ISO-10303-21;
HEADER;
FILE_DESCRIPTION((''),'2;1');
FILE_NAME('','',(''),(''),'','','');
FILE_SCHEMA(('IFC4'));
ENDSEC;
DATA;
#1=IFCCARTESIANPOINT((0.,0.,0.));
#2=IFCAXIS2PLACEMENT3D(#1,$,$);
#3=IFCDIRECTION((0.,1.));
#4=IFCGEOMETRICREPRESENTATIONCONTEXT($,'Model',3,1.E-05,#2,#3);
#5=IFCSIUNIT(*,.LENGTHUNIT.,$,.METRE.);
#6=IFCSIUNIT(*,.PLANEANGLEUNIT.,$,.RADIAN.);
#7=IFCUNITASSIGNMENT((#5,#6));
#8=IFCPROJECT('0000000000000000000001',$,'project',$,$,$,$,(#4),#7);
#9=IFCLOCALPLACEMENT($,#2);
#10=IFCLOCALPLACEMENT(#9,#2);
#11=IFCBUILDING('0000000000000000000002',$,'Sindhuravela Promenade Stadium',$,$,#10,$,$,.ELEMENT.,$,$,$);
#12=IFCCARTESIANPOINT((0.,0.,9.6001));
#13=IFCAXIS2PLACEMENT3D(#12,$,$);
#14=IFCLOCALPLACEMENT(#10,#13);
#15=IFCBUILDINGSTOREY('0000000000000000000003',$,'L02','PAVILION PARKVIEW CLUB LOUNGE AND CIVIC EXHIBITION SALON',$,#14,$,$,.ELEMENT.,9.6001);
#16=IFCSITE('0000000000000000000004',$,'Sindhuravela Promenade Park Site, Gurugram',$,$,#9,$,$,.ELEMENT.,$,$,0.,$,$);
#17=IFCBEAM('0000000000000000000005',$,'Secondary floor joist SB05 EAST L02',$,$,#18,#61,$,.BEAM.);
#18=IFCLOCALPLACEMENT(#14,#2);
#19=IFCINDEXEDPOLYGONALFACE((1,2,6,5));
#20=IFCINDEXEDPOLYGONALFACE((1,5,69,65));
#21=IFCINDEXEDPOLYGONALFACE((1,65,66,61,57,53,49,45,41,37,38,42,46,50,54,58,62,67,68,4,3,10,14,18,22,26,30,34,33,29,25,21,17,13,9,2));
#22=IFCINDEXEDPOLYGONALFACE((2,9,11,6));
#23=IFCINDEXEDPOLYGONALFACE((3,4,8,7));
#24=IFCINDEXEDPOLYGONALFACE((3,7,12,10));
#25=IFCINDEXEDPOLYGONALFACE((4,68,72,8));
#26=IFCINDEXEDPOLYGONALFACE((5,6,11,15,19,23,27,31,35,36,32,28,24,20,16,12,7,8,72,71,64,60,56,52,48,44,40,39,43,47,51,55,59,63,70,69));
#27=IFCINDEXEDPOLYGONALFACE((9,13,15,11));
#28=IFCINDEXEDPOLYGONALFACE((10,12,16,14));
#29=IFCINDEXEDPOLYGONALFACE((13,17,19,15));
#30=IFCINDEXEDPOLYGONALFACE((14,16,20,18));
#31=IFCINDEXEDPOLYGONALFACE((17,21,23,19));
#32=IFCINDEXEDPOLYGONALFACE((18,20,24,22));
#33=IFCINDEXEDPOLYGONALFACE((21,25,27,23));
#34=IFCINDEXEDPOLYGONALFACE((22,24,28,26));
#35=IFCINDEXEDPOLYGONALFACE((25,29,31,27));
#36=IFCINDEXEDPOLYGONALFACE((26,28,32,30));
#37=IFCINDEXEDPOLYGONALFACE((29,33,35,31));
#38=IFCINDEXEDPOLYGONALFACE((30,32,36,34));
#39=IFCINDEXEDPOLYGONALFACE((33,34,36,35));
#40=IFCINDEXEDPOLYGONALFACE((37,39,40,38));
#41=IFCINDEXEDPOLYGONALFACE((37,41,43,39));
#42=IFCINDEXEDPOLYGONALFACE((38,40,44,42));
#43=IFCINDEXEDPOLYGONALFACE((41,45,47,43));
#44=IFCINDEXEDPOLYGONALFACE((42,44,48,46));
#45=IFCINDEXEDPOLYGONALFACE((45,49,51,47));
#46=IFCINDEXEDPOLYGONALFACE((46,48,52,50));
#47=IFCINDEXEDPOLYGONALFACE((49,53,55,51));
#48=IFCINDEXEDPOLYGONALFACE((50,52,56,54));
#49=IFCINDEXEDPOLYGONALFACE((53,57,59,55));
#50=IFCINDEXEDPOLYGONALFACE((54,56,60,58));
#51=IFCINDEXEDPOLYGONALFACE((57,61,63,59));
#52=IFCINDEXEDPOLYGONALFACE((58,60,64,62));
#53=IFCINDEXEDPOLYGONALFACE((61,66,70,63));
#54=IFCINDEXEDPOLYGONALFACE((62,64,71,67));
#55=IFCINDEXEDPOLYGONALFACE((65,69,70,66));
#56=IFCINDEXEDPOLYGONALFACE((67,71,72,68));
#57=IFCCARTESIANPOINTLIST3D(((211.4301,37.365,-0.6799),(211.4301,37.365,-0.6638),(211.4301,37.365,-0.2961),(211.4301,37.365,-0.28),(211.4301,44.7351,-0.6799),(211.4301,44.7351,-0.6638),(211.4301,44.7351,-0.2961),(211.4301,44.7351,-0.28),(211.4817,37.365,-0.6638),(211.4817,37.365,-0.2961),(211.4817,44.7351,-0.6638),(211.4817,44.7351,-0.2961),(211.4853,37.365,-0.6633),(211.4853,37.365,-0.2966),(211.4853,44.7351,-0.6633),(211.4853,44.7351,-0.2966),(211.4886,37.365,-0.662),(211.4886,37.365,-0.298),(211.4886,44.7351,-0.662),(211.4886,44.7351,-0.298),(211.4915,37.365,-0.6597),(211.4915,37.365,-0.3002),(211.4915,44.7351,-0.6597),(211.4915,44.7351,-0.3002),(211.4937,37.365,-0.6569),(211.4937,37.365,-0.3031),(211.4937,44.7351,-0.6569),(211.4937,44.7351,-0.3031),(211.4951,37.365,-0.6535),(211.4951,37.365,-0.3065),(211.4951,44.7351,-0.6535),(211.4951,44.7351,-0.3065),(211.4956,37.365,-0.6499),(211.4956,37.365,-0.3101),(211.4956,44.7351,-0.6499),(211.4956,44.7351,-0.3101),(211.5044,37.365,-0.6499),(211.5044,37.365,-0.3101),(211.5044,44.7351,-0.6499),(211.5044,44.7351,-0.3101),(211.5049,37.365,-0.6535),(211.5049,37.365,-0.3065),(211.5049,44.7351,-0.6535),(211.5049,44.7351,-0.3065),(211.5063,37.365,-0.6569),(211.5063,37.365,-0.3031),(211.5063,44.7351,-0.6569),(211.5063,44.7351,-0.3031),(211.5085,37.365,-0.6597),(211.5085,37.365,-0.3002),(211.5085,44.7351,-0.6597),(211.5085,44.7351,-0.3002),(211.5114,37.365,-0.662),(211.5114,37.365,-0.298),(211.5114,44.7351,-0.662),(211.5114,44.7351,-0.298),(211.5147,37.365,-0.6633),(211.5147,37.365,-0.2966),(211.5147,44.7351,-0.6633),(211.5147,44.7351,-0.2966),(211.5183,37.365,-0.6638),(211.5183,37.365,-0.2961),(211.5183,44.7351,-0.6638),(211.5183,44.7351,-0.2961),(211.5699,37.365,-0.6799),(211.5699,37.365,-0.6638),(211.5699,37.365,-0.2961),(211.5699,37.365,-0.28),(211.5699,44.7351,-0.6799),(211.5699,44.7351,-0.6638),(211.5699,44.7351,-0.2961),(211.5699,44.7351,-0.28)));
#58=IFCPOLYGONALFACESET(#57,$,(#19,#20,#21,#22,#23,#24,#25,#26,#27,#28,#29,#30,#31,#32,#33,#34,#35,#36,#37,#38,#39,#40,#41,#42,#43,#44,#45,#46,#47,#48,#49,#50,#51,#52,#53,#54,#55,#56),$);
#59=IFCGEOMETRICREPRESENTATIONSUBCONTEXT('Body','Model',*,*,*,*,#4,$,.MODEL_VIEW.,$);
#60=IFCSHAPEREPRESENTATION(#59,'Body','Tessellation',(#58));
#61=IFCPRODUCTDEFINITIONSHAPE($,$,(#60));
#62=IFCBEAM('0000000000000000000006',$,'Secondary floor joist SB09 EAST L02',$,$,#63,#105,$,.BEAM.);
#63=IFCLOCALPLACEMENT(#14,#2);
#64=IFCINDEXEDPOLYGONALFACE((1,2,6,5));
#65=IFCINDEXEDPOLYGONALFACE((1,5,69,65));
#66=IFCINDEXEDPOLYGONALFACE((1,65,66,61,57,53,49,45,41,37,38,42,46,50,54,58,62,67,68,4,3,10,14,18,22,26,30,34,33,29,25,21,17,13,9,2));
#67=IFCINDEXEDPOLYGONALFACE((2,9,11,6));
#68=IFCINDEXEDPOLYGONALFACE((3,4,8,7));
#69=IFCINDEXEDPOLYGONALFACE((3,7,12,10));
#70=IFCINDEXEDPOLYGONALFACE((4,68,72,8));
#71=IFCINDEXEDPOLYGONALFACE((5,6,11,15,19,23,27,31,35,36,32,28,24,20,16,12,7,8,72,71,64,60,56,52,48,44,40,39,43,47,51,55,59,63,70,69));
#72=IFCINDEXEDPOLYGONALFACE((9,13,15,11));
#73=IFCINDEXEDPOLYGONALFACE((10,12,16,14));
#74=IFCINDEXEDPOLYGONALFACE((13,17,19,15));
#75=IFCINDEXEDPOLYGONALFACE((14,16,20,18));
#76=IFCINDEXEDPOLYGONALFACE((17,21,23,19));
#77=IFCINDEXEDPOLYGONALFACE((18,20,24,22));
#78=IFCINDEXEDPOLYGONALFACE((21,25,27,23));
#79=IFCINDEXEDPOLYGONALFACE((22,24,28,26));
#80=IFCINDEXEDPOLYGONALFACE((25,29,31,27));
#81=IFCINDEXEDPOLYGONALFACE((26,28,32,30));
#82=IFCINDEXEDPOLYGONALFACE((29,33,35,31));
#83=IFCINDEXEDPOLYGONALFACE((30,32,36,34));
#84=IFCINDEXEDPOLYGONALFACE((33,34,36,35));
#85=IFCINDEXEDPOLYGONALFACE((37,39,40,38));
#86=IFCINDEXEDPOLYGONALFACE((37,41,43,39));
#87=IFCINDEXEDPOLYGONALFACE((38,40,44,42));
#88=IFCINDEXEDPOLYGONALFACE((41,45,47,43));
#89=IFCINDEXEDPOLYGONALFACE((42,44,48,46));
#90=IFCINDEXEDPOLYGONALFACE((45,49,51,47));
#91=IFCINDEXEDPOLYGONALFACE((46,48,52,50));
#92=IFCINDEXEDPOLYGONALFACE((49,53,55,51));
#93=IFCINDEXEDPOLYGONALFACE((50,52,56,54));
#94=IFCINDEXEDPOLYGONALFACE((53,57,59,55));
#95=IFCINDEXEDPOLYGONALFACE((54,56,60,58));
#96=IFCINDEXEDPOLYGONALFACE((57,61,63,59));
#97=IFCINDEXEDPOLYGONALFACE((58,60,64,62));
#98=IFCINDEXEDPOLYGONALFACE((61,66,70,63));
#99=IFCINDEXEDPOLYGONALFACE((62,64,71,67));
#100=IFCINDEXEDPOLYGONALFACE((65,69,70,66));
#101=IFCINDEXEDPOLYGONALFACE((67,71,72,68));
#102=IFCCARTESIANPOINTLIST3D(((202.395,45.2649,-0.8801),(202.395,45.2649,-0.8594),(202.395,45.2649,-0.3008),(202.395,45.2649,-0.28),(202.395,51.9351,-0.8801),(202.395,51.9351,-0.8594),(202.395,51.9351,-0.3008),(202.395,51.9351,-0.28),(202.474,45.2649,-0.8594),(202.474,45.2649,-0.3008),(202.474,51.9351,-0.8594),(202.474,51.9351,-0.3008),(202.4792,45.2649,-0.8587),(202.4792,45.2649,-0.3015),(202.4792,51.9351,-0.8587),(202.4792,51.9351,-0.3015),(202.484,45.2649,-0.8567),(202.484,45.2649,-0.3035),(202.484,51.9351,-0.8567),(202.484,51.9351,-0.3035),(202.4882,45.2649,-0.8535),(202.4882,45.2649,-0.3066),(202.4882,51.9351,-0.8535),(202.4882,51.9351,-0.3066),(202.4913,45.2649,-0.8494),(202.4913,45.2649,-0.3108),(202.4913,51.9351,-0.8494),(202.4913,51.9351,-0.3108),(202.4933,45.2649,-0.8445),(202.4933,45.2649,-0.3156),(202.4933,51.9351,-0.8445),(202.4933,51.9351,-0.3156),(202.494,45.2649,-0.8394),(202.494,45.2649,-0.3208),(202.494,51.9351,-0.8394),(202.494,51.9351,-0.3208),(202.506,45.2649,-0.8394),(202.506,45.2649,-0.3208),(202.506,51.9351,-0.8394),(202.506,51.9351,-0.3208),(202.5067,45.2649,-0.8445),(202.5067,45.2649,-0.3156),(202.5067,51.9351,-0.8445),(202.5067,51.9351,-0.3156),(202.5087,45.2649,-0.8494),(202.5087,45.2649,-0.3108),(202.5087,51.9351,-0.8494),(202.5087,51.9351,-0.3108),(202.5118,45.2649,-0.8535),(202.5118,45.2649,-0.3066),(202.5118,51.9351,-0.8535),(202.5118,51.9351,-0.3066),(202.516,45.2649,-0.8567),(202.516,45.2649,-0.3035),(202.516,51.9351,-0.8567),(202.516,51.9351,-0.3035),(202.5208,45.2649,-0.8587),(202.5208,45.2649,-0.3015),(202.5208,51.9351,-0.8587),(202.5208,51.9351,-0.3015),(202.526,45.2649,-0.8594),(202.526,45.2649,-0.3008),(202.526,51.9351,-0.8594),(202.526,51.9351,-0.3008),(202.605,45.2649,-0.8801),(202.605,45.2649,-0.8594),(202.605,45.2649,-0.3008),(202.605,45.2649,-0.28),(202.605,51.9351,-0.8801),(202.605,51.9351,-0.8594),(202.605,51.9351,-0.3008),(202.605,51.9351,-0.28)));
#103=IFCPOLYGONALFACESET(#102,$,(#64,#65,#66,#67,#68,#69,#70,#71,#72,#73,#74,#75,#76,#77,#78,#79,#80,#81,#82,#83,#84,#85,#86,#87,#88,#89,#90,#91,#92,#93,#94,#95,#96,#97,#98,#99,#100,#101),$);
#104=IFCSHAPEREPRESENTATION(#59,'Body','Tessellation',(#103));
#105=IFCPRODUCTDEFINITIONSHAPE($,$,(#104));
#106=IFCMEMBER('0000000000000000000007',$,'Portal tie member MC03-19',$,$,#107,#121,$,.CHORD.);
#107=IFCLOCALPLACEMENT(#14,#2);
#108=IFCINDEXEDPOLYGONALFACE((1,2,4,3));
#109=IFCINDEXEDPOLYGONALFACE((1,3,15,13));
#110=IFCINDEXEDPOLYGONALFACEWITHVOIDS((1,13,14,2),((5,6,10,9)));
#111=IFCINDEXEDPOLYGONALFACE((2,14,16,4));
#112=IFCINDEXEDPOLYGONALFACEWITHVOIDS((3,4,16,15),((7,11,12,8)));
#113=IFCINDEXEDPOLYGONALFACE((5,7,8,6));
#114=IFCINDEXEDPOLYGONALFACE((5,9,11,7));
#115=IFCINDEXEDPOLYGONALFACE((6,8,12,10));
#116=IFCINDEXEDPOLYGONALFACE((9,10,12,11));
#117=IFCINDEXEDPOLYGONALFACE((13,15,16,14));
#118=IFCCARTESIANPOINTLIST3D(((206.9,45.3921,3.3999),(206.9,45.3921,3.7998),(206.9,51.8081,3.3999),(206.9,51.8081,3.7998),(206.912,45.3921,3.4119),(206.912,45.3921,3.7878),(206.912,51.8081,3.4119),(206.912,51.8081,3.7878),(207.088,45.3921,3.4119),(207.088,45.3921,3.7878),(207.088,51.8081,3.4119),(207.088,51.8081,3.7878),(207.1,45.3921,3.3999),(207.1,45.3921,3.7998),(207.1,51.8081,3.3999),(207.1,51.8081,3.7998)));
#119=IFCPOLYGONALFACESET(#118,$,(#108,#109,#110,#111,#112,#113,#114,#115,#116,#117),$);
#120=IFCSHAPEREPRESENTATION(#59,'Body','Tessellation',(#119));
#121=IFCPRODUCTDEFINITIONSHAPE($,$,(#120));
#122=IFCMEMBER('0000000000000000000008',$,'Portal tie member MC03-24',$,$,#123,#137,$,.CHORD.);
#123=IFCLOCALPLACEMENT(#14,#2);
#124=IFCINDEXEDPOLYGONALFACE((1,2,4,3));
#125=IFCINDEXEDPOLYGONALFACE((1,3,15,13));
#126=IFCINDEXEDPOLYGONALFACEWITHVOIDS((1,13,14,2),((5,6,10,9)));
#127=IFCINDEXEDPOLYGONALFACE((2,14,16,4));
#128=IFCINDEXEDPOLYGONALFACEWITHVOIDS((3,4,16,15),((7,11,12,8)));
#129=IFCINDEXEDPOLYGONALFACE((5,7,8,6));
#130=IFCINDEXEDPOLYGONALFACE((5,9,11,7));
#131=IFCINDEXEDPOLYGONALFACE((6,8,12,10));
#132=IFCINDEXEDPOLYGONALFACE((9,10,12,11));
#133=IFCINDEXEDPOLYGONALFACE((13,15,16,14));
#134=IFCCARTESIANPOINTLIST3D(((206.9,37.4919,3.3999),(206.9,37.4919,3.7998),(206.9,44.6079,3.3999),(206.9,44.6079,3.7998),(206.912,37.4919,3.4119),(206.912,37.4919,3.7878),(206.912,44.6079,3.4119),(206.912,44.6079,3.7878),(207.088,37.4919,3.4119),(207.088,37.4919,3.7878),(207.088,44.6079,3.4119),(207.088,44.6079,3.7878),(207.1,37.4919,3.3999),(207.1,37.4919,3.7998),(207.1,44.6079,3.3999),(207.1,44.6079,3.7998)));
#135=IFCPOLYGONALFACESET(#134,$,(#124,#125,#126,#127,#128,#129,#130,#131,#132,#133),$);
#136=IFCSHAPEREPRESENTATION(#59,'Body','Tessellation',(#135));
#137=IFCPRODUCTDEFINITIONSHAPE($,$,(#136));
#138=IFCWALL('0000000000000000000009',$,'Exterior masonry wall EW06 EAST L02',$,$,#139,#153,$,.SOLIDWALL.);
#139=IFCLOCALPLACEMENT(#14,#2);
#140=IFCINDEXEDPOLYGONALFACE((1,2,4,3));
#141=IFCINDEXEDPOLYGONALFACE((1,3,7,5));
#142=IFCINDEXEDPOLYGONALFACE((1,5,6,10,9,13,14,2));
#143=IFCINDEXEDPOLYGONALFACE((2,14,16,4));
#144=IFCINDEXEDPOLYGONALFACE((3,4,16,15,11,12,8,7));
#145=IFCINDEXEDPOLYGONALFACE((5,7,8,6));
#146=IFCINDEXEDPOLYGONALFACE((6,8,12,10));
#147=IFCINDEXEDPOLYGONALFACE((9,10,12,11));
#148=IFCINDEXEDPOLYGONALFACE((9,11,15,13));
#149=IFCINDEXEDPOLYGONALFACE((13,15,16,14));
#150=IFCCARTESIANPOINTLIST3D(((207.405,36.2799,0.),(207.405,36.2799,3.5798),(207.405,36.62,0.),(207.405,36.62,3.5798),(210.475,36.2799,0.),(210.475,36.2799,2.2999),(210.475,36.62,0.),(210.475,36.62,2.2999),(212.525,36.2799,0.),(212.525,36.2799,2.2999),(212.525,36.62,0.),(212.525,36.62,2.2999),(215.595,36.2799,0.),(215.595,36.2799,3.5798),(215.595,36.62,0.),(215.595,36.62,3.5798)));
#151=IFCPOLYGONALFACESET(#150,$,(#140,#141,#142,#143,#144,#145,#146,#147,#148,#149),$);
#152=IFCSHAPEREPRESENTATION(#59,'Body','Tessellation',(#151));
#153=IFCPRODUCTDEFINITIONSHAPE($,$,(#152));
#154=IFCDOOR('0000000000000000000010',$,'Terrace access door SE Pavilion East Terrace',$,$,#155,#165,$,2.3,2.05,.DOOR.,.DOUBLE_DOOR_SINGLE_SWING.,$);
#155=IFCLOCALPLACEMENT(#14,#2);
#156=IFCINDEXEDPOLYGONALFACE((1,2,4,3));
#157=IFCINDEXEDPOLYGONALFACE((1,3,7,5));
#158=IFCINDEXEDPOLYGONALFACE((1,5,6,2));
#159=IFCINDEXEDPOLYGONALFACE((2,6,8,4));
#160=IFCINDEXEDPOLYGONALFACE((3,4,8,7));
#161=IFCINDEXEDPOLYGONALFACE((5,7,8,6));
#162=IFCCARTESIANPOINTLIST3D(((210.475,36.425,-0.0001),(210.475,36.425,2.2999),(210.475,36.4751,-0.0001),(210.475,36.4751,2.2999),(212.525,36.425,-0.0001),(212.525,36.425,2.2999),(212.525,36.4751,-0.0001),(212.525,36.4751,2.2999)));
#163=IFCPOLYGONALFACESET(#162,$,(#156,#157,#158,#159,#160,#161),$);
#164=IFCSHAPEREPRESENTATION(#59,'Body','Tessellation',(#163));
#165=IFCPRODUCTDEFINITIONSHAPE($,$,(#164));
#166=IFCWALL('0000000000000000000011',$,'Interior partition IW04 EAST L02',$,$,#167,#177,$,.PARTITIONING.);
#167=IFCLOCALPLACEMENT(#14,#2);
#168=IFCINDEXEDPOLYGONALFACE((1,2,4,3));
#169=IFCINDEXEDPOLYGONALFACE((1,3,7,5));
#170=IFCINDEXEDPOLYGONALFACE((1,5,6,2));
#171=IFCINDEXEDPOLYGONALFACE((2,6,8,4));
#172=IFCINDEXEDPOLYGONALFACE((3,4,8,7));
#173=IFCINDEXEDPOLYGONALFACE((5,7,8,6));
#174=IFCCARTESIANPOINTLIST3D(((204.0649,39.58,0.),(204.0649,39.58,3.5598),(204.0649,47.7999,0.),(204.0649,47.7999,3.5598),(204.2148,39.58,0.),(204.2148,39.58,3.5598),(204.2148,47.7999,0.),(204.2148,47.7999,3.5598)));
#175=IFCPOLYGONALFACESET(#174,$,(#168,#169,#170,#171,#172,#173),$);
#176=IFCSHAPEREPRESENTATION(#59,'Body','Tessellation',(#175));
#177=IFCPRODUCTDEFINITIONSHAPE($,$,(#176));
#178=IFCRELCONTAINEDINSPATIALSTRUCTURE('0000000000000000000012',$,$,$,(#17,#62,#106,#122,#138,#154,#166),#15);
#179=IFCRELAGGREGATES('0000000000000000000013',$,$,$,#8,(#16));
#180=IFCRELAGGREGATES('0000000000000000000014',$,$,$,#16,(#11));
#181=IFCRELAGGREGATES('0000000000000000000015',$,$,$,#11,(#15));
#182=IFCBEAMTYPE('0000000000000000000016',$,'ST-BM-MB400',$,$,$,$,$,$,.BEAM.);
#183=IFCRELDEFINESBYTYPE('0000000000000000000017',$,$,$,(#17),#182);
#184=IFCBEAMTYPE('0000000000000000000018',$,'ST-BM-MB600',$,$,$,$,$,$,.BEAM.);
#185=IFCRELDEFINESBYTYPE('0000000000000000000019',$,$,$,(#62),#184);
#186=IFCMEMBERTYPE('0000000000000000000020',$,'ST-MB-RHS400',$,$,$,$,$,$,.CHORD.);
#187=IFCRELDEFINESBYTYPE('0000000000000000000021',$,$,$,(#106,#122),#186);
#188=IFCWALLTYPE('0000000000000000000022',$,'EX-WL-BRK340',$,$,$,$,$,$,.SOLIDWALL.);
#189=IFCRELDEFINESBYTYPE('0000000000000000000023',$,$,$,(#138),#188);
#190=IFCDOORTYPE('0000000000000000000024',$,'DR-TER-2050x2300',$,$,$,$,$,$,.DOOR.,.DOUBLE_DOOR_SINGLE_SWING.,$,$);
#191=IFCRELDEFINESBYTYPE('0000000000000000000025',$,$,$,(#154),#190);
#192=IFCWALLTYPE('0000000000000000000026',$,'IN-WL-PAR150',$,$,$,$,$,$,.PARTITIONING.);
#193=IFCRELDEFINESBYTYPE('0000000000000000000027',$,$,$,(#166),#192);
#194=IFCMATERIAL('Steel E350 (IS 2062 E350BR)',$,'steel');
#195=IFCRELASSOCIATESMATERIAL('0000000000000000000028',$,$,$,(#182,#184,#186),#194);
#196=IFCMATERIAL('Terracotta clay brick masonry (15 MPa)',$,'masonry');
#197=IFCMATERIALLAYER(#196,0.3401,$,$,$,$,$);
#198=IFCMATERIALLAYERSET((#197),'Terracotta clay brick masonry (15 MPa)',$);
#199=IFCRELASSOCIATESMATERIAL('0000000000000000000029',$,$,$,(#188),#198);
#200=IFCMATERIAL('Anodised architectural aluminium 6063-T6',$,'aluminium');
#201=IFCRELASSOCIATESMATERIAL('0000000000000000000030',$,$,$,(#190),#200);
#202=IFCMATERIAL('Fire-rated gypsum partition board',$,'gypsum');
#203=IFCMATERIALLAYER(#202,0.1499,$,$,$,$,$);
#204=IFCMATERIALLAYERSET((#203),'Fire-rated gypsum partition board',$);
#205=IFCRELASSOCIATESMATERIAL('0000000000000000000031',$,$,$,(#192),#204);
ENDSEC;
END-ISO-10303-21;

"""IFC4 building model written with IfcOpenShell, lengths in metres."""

from ifc_helpers import new_model, si_unit, direction, frame, frame_2d, origin, origin_2d, place, context, subcontext, project, spatial, rectangle, hollow_rectangle, i_section, extrude, material, layer, layer_set, material_profile, profile_set, type_object, element, fill, save


model = new_model("IFC4")

# Units and contexts
model_context = context("Model", 3, precision=1e-05, world=origin(), true_north=direction((0.0, 1.0)))
body_context = subcontext(model_context, "Body", "Model", "MODEL_VIEW")
ifc_project = project(units=[si_unit("LENGTHUNIT", "METRE"), si_unit("PLANEANGLEUNIT", "RADIAN")], contexts=[model_context])

# Site, building, storey
site_placement = place(None, origin())
site = spatial("IfcSite", under=ifc_project, at=site_placement, Name="Sindhuravela Promenade Park Site, Gurugram", CompositionType="ELEMENT", RefElevation=0.0)
building_placement = place(site_placement, origin())
building = spatial("IfcBuilding", under=site, at=building_placement, Name="Sindhuravela Promenade Stadium", CompositionType="ELEMENT")
storey_placement = place(building_placement, frame((0.0, 0.0, 9.6001)))
storey = spatial("IfcBuildingStorey", under=building, at=storey_placement, Name="L02", Description="PAVILION PARKVIEW CLUB LOUNGE AND CIVIC EXHIBITION SALON", CompositionType="ELEMENT", Elevation=9.6001)

# Beams
ifc_material_1 = material(Name="Steel E350 (IS 2062 E350BR)", Category="steel")
ifc_material_profile_1 = material_profile(ifc_material_1, i_section(OverallWidth=0.1399, OverallDepth=0.3999, WebThickness=0.0088, FlangeThickness=0.0161, FilletRadius=0.0139, at=origin_2d()), Name="ISMB 400")
ifc_profile_set_1 = profile_set([ifc_material_profile_1], Name="Steel E350 (IS 2062 E350BR)")
beam_type_1 = type_object("IfcBeamType", Name="ST-BM-MB400", PredefinedType="BEAM", material=ifc_profile_set_1)
beam_1_placement = place(storey_placement, frame((211.5, 37.365, -0.48), z_axis=(0.0, 1.0, 0.0), x_axis=(-1.0, 0.0, 0.0)))
element("IfcBeam", 1, at=beam_1_placement, inside=storey, type_object=beam_type_1, Name="Secondary floor joist SB05 EAST L02", PredefinedType="BEAM", context=body_context, shape_type="SweptSolid", body=[
    extrude(i_section(OverallWidth=0.1399, OverallDepth=0.3999, WebThickness=0.0088, FlangeThickness=0.0161, FilletRadius=0.0139, at=origin_2d()), origin(), (0.0, 0.0, 1.0), 7.3701),
])
ifc_material_profile_2 = material_profile(ifc_material_1, i_section(OverallWidth=0.21, OverallDepth=0.6001, WebThickness=0.012, FlangeThickness=0.0208, FilletRadius=0.02, at=origin_2d()), Name="ISMB 600")
ifc_profile_set_2 = profile_set([ifc_material_profile_2], Name="Steel E350 (IS 2062 E350BR)")
beam_type_2 = type_object("IfcBeamType", Name="ST-BM-MB600", PredefinedType="BEAM", material=ifc_profile_set_2)
beam_2_placement = place(storey_placement, frame((202.5, 45.2649, -0.5801), z_axis=(0.0, 1.0, 0.0), x_axis=(-1.0, 0.0, 0.0)))
element("IfcBeam", 2, at=beam_2_placement, inside=storey, type_object=beam_type_2, Name="Secondary floor joist SB09 EAST L02", PredefinedType="BEAM", context=body_context, shape_type="SweptSolid", body=[
    extrude(i_section(OverallWidth=0.21, OverallDepth=0.6001, WebThickness=0.012, FlangeThickness=0.0208, FilletRadius=0.02, at=origin_2d()), origin(), (0.0, 0.0, 1.0), 6.6702),
])

# Members
ifc_material_profile_3 = material_profile(ifc_material_1, hollow_rectangle(XDim=0.2, YDim=0.3999, WallThickness=0.012, at=origin_2d()), Name="RHS 400x200x12")
ifc_profile_set_3 = profile_set([ifc_material_profile_3], Name="Steel E350 (IS 2062 E350BR)")
member_type = type_object("IfcMemberType", Name="ST-MB-RHS400", PredefinedType="CHORD", material=ifc_profile_set_3)
member_1_placement = place(storey_placement, frame((207.0, 45.3921, 3.5999), z_axis=(0.0, 1.0, 0.0), x_axis=(-1.0, 0.0, 0.0)))
element("IfcMember", 3, at=member_1_placement, inside=storey, type_object=member_type, Name="Portal tie member MC03-19", PredefinedType="CHORD", context=body_context, shape_type="SweptSolid", body=[
    extrude(hollow_rectangle(XDim=0.2, YDim=0.3999, WallThickness=0.012, at=origin_2d()), origin(), (0.0, 0.0, 1.0), 6.416),
])
member_2_placement = place(storey_placement, frame((207.0, 37.4919, 3.5999), z_axis=(0.0, 1.0, 0.0), x_axis=(-1.0, 0.0, 0.0)))
element("IfcMember", 4, at=member_2_placement, inside=storey, type_object=member_type, Name="Portal tie member MC03-24", PredefinedType="CHORD", context=body_context, shape_type="SweptSolid", body=[
    extrude(hollow_rectangle(XDim=0.2, YDim=0.3999, WallThickness=0.012, at=origin_2d()), origin(), (0.0, 0.0, 1.0), 7.116),
])

# Wall, opening, door
ifc_material_2 = material(Name="Terracotta clay brick masonry (15 MPa)", Category="masonry")
ifc_layer_1 = layer(ifc_material_2, 0.3401)
ifc_layer_set_1 = layer_set([ifc_layer_1], Name="Terracotta clay brick masonry (15 MPa)")
wall_type_1 = type_object("IfcWallType", Name="EX-WL-BRK340", PredefinedType="SOLIDWALL", material=ifc_layer_set_1)
wall_1_placement = place(storey_placement, frame((215.595, 36.45, 0.0), z_axis=(0.0, 0.0, 1.0), x_axis=(-1.0, 0.0, 0.0)))
wall_1 = element("IfcWall", 5, at=wall_1_placement, inside=storey, type_object=wall_type_1, Name="Exterior masonry wall EW06 EAST L02", PredefinedType="SOLIDWALL", context=body_context, shape_type="SweptSolid", body=[
    extrude(rectangle(XDim=8.1899, YDim=0.3401, at=frame_2d((4.095, 0.0))), origin(), (0.0, 0.0, 1.0), 3.5798),
])
opening_1_placement = place(wall_1_placement, frame((3.0701, 0.0, 0.0)))
opening_1 = element("IfcOpeningElement", 6, at=opening_1_placement, cuts=wall_1, PredefinedType="OPENING", context=body_context, shape_type="SweptSolid", body=[
    extrude(rectangle(XDim=2.05, YDim=2.3, at=frame_2d((1.0249, 1.1499))), frame((0.0, 0.1799, 0.0), z_axis=(0.0, -1.0, 0.0), x_axis=(1.0, 0.0, 0.0)), (0.0, 0.0, 1.0), 0.3601),
])
ifc_material_3 = material(Name="Anodised architectural aluminium 6063-T6", Category="aluminium")
door_type_1 = type_object("IfcDoorType", Name="DR-TER-2050x2300", OperationType="DOUBLE_DOOR_SINGLE_SWING", PredefinedType="DOOR", material=ifc_material_3)
door_1_placement = place(opening_1_placement, origin())
door_1 = element("IfcDoor", 7, at=door_1_placement, inside=storey, type_object=door_type_1, Name="Terrace access door SE Pavilion East Terrace", OperationType="DOUBLE_DOOR_SINGLE_SWING", OverallHeight=2.3, OverallWidth=2.05, PredefinedType="DOOR", context=body_context, shape_type="SweptSolid", body=[
    extrude(rectangle(XDim=2.05, YDim=2.3, at=frame_2d((1.0249, 1.1499))), frame((0.0, 0.0249, 0.0), z_axis=(0.0, -1.0, 0.0), x_axis=(1.0, 0.0, 0.0)), (0.0, 0.0, 1.0), 0.05),
])
fill(opening_1, door_1)

# Wall
ifc_material_4 = material(Name="Fire-rated gypsum partition board", Category="gypsum")
ifc_layer_2 = layer(ifc_material_4, 0.1499)
ifc_layer_set_2 = layer_set([ifc_layer_2], Name="Fire-rated gypsum partition board")
wall_type_2 = type_object("IfcWallType", Name="IN-WL-PAR150", PredefinedType="PARTITIONING", material=ifc_layer_set_2)
wall_2_placement = place(storey_placement, frame((204.1399, 39.5801, 0.0), z_axis=(0.0, 0.0, 1.0), x_axis=(0.0, 1.0, 0.0)))
element("IfcWall", 8, at=wall_2_placement, inside=storey, type_object=wall_type_2, Name="Interior partition IW04 EAST L02", PredefinedType="PARTITIONING", context=body_context, shape_type="SweptSolid", body=[
    extrude(rectangle(XDim=8.22, YDim=0.1499, at=frame_2d((4.1099, 0.0))), origin(), (0.0, 0.0, 1.0), 3.5598),
])

save(model, "model.ifc")
